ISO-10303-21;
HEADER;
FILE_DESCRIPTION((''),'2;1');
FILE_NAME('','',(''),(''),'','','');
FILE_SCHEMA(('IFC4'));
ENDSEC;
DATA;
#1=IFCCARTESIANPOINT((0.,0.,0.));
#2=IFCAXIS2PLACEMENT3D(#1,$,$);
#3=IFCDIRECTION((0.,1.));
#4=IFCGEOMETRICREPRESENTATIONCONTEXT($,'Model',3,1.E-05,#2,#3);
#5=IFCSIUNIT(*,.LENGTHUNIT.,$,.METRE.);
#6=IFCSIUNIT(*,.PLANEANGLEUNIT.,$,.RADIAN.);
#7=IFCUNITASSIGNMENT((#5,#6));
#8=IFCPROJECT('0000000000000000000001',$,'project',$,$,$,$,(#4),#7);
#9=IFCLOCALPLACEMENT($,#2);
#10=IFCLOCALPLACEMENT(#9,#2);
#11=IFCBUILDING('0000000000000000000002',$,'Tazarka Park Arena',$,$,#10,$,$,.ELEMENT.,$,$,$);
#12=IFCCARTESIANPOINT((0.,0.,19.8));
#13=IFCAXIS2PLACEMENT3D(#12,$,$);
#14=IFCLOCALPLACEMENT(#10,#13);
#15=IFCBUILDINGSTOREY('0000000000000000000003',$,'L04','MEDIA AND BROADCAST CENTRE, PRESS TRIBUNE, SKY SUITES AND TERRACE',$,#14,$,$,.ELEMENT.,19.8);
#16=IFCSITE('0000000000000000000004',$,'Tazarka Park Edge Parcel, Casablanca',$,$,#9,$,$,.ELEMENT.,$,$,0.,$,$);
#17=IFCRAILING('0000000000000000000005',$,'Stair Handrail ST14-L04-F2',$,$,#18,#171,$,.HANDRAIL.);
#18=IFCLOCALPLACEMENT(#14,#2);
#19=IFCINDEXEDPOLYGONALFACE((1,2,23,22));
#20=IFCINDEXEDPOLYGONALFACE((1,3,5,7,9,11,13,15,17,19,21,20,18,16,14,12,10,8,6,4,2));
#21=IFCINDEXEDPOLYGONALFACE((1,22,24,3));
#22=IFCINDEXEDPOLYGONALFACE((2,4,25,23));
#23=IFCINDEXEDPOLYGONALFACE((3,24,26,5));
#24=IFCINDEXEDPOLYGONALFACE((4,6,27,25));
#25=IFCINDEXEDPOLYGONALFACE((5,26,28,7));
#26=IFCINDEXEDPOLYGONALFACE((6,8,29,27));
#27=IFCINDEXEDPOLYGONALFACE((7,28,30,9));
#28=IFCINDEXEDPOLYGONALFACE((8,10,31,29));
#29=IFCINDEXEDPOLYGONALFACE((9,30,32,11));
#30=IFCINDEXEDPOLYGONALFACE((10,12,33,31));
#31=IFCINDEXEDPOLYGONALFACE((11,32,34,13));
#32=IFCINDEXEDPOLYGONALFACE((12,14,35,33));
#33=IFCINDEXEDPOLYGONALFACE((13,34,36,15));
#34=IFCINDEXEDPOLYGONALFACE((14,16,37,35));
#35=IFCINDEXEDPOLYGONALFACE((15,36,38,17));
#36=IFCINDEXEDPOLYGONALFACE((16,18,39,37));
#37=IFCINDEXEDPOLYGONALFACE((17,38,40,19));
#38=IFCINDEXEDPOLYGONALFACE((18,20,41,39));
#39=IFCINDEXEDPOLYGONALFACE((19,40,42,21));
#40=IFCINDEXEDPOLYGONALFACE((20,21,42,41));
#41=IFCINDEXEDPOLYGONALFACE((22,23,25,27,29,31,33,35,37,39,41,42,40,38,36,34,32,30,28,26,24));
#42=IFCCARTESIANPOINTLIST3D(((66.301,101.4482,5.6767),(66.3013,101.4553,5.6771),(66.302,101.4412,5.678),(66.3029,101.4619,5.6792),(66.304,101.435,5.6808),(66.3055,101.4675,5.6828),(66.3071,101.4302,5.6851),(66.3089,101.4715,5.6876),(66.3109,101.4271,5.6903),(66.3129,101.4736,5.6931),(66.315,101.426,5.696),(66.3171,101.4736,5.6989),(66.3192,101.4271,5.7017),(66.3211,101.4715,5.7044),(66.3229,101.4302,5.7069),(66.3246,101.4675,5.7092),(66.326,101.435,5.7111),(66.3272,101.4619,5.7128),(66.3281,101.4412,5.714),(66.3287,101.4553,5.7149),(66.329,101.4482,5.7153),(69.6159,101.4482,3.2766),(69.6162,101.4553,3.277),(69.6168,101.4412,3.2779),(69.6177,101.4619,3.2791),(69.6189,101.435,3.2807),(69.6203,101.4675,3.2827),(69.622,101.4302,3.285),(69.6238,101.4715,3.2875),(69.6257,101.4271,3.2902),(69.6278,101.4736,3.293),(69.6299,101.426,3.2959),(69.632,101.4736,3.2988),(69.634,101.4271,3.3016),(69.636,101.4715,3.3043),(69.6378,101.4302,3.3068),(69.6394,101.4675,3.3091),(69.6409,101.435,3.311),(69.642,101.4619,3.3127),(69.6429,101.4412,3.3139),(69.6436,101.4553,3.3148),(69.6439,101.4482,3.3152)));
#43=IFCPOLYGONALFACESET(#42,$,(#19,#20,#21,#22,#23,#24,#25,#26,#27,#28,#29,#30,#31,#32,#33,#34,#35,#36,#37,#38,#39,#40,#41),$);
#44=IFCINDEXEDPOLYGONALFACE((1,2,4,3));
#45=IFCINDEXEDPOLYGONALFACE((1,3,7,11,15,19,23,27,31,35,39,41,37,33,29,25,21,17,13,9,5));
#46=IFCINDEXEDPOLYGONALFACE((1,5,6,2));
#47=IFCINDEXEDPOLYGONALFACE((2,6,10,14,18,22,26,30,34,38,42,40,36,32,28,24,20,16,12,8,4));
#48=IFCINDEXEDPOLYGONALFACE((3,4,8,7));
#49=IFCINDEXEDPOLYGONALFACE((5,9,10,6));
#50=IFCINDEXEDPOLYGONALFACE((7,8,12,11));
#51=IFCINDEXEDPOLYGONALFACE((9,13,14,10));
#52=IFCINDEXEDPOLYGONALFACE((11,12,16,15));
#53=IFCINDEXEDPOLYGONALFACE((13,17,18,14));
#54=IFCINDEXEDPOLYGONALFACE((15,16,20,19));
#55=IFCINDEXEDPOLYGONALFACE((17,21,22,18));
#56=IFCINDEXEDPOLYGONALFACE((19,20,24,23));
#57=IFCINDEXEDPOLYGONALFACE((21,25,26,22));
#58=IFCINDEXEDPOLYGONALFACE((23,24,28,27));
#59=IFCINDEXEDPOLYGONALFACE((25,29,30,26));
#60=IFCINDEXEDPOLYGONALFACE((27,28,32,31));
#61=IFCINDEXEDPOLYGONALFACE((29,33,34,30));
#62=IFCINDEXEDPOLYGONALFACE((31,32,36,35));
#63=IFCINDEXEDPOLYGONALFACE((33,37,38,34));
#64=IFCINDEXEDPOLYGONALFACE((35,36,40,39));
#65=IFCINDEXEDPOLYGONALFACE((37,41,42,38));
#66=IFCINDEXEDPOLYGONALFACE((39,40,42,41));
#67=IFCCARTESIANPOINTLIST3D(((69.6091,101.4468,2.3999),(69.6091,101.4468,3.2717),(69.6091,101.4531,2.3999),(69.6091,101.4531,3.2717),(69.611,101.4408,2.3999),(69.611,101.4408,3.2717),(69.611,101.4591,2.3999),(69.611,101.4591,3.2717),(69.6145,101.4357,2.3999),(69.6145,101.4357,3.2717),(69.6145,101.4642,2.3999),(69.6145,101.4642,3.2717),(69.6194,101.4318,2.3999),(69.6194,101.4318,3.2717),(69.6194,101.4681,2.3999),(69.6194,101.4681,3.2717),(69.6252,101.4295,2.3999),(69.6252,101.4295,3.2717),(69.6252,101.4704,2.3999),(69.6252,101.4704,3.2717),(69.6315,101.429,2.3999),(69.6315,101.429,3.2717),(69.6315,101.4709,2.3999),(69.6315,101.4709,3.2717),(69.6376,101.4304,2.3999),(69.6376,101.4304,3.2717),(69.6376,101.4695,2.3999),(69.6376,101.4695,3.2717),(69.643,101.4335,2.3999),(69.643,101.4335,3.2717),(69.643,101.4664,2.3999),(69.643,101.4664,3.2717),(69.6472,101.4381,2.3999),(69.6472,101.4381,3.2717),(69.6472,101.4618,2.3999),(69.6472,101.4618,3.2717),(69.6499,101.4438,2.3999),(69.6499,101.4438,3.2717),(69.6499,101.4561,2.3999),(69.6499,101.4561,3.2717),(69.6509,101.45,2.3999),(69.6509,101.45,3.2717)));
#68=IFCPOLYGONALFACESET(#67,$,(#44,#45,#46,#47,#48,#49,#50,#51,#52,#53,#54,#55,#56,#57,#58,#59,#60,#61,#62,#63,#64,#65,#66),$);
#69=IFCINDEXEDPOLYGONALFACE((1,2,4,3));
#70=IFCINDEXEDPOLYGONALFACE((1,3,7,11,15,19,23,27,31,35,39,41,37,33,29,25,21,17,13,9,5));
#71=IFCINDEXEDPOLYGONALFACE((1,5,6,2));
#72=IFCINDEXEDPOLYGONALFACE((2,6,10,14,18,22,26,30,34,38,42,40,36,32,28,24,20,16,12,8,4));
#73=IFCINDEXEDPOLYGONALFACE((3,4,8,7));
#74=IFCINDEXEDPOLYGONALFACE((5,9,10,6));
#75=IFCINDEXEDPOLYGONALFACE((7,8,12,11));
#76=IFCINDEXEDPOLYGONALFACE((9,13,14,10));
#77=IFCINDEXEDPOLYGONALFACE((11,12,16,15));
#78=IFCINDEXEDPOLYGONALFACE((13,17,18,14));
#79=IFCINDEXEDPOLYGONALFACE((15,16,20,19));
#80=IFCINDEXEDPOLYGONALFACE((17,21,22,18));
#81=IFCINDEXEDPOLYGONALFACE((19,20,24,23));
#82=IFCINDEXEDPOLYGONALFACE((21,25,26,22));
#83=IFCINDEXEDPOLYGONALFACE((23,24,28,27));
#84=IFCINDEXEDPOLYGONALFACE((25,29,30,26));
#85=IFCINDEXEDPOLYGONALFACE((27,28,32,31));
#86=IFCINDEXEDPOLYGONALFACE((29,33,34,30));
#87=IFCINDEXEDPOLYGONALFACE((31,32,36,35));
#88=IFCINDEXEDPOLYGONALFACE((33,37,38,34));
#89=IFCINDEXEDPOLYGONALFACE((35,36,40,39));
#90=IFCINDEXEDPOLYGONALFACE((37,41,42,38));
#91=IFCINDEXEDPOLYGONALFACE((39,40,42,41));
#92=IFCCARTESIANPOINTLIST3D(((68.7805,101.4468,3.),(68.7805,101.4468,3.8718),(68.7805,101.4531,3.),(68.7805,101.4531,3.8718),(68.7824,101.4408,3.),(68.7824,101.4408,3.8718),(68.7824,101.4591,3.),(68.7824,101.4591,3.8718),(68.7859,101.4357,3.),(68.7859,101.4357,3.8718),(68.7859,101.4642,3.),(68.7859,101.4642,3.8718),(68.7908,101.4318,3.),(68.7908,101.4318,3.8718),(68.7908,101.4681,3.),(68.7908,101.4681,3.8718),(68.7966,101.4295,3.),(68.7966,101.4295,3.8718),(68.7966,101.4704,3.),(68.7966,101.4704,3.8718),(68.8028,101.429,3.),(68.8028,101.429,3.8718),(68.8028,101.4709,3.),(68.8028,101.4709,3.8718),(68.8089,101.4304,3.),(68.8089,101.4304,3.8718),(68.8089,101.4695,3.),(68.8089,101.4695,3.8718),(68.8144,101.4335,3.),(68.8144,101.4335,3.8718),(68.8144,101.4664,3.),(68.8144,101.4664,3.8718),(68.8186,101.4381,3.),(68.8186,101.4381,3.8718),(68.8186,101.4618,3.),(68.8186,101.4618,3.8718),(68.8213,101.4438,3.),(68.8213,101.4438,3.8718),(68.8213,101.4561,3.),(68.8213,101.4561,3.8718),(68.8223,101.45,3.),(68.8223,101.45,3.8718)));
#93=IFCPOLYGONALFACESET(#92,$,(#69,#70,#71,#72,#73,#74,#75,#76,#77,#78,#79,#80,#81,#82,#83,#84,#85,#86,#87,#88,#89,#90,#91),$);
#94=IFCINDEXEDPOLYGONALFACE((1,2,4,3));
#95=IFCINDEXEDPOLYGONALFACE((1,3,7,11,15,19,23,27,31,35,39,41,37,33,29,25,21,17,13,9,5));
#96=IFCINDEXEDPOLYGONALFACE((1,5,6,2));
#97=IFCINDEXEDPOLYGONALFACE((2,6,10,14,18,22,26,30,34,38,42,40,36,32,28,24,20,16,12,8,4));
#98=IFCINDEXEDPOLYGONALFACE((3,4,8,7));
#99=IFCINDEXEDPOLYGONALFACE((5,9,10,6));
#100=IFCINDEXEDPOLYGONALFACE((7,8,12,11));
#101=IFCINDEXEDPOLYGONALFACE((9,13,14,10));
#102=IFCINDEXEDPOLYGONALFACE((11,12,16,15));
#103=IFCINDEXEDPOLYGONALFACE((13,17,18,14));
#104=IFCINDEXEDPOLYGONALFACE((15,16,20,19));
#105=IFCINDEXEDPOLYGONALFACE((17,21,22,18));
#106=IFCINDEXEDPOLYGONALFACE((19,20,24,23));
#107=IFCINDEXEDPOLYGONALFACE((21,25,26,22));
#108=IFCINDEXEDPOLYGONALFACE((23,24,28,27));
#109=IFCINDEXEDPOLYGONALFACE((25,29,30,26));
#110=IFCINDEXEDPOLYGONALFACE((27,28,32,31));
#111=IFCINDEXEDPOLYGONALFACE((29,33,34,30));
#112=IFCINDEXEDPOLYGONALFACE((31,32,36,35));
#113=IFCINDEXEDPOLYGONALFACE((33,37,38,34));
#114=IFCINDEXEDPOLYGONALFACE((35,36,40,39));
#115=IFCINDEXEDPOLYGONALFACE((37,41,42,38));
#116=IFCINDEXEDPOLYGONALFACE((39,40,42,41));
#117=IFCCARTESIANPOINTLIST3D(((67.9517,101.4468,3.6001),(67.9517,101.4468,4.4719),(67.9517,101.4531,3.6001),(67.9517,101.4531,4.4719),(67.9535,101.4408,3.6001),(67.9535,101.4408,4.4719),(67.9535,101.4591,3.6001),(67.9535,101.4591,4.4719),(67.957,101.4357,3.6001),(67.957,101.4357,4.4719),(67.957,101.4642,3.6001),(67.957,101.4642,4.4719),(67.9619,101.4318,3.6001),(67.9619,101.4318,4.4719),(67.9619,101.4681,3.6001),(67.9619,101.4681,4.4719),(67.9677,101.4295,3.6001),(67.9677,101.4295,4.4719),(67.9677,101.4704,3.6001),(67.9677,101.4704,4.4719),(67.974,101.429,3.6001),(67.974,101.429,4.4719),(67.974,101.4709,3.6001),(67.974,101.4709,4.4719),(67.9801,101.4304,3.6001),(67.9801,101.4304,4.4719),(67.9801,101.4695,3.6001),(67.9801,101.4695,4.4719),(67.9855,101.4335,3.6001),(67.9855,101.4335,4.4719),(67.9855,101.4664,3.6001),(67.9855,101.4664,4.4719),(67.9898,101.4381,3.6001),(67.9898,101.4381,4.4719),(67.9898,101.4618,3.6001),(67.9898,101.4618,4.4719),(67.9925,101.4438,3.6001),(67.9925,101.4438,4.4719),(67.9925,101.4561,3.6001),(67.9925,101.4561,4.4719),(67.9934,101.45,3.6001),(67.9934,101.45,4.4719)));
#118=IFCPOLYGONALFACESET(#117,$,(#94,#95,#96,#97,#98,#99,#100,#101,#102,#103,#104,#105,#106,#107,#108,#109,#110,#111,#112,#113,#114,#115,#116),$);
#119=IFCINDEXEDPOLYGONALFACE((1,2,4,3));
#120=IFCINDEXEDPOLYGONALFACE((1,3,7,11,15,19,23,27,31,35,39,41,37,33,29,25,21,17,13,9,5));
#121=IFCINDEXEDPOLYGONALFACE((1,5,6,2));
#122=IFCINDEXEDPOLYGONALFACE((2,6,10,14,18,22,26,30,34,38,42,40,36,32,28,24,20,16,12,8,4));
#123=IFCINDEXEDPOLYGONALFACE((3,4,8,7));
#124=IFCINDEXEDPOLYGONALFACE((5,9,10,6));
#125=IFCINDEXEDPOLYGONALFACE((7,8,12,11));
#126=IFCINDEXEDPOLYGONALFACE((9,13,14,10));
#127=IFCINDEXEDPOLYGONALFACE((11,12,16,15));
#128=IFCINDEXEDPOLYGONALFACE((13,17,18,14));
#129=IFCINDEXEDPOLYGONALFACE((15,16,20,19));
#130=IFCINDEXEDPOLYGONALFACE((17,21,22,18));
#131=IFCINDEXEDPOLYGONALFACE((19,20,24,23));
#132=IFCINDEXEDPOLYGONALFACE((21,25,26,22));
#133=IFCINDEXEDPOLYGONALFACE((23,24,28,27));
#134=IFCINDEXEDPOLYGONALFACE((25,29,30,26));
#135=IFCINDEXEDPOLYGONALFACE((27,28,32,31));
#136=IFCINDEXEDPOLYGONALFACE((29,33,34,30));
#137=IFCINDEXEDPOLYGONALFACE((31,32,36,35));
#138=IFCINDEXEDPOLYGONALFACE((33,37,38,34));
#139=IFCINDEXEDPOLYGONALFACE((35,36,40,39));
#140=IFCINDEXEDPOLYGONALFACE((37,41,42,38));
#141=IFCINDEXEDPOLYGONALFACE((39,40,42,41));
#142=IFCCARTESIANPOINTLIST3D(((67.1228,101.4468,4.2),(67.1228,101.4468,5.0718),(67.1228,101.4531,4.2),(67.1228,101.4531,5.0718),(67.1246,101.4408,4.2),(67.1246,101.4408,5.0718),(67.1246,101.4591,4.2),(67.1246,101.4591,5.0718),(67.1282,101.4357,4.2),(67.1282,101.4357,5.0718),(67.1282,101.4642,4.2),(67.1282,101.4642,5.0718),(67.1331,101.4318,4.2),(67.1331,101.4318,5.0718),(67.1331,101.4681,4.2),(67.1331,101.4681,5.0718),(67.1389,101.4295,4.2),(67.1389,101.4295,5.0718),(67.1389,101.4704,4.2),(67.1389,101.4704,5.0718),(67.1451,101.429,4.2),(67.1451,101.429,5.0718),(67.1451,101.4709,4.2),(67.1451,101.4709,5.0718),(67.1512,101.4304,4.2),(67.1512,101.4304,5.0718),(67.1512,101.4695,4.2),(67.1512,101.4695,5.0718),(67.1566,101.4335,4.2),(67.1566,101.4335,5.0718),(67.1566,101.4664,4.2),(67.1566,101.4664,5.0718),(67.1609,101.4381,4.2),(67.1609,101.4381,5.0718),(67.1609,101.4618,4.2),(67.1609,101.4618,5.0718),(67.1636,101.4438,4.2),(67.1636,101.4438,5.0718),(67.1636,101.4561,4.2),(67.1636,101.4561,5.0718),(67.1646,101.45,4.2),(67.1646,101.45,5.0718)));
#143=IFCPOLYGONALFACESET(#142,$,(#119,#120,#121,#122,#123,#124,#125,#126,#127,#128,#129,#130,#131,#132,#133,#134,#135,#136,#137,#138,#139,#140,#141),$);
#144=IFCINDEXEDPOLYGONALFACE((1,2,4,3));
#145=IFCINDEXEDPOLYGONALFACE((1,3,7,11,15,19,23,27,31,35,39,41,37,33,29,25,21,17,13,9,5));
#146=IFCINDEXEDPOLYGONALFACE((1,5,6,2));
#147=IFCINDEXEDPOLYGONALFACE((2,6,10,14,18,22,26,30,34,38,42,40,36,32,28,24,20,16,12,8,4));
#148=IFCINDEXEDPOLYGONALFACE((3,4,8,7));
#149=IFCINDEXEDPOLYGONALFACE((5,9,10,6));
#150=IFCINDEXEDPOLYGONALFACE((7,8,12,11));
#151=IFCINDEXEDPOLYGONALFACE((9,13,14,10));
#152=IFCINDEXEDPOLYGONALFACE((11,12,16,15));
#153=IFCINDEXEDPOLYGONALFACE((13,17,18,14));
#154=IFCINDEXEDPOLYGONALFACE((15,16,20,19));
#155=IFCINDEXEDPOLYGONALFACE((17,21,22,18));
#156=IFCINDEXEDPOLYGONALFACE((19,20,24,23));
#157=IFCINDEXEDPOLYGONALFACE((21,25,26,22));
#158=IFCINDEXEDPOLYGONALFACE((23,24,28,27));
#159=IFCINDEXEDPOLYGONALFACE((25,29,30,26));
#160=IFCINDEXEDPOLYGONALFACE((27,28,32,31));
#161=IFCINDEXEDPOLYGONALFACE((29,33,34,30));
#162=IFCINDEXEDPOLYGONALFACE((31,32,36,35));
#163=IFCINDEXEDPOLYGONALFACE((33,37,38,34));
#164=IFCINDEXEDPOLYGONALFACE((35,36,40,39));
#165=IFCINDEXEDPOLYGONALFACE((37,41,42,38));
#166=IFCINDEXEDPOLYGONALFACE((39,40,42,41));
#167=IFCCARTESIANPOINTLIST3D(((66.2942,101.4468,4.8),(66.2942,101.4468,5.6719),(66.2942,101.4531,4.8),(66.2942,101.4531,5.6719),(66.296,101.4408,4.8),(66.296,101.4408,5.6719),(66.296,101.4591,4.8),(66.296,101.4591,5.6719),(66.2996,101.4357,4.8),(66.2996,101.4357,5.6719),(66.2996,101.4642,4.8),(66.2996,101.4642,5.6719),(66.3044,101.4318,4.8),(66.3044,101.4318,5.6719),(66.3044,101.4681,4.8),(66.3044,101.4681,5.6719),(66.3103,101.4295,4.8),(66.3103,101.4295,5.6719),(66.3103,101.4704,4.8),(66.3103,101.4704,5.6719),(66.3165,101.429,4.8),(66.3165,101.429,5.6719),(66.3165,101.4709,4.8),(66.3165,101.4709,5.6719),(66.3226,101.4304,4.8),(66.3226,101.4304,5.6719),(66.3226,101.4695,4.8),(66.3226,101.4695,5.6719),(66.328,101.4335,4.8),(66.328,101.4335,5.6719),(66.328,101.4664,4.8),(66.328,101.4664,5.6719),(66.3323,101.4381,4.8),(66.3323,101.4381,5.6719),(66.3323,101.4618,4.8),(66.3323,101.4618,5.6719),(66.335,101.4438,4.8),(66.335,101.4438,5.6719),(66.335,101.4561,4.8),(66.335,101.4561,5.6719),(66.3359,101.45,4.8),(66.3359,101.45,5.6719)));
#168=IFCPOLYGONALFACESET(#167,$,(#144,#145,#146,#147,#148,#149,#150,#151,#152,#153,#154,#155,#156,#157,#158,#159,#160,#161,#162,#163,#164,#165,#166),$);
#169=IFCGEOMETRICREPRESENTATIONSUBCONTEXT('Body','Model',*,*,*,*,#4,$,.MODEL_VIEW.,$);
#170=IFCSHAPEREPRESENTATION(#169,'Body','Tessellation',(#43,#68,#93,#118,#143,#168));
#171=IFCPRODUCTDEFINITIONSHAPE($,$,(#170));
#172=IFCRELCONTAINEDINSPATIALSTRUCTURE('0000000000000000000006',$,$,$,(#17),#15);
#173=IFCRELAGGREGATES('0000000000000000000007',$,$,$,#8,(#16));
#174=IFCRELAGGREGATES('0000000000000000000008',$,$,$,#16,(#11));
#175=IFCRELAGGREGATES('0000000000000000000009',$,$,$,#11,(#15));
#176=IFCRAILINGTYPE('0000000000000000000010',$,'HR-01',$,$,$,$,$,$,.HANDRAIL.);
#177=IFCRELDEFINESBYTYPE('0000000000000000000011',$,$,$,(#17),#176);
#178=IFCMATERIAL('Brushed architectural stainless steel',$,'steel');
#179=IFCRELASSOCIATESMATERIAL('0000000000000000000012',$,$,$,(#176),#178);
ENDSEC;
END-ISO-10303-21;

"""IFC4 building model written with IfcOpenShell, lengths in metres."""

from ifc_helpers import new_model, si_unit, direction, frame, origin, origin_2d, place, context, subcontext, project, spatial, circle, extrude, material, type_object, element, save


model = new_model("IFC4")

# Units and contexts
model_context = context("Model", 3, precision=1e-05, world=origin(), true_north=direction((0.0, 1.0)))
body_context = subcontext(model_context, "Body", "Model", "MODEL_VIEW")
ifc_project = project(units=[si_unit("LENGTHUNIT", "METRE"), si_unit("PLANEANGLEUNIT", "RADIAN")], contexts=[model_context])

# Site, building, storey
site_placement = place(None, origin())
site = spatial("IfcSite", under=ifc_project, at=site_placement, Name="Tazarka Park Edge Parcel, Casablanca", CompositionType="ELEMENT", RefElevation=0.0)
building_placement = place(site_placement, origin())
building = spatial("IfcBuilding", under=site, at=building_placement, Name="Tazarka Park Arena", CompositionType="ELEMENT")
storey_placement = place(building_placement, frame((0.0, 0.0, 19.8)))
storey = spatial("IfcBuildingStorey", under=building, at=storey_placement, Name="L04", Description="MEDIA AND BROADCAST CENTRE, PRESS TRIBUNE, SKY SUITES AND TERRACE", CompositionType="ELEMENT", Elevation=19.8)

# Railing
ifc_material_1 = material(Name="Brushed architectural stainless steel", Category="steel")
railing_type_1 = type_object("IfcRailingType", Name="HR-01", PredefinedType="HANDRAIL", material=ifc_material_1)
railing_1_placement = place(storey_placement, frame((69.6299, 101.45, 2.3999)))
element("IfcRailing", 1, at=railing_1_placement, inside=storey, type_object=railing_type_1, Name="Stair Handrail ST14-L04-F2", PredefinedType="HANDRAIL", context=body_context, shape_type="SweptSolid", body=[
    extrude(circle(Radius=0.0239, at=origin_2d()), frame((0.0, 0.0, 0.896), z_axis=(-0.80998, 0.0, 0.586457), x_axis=(0.0, -1.0, 0.0)), (0.0, 0.0, 1.0), 4.0925),
    extrude(circle(Radius=0.021, at=origin_2d()), origin(), (0.0, 0.0, 1.0), 0.8718),
    extrude(circle(Radius=0.021, at=origin_2d()), frame((-0.8286, 0.0, 0.6001)), (0.0, 0.0, 1.0), 0.8718),
    extrude(circle(Radius=0.021, at=origin_2d()), frame((-1.6575, 0.0, 1.2002)), (0.0, 0.0, 1.0), 0.8718),
    extrude(circle(Radius=0.021, at=origin_2d()), frame((-2.4863, 0.0, 1.8)), (0.0, 0.0, 1.0), 0.8718),
    extrude(circle(Radius=0.021, at=origin_2d()), frame((-3.3149, 0.0, 2.4001)), (0.0, 0.0, 1.0), 0.8718),
])

save(model, "model.ifc")
